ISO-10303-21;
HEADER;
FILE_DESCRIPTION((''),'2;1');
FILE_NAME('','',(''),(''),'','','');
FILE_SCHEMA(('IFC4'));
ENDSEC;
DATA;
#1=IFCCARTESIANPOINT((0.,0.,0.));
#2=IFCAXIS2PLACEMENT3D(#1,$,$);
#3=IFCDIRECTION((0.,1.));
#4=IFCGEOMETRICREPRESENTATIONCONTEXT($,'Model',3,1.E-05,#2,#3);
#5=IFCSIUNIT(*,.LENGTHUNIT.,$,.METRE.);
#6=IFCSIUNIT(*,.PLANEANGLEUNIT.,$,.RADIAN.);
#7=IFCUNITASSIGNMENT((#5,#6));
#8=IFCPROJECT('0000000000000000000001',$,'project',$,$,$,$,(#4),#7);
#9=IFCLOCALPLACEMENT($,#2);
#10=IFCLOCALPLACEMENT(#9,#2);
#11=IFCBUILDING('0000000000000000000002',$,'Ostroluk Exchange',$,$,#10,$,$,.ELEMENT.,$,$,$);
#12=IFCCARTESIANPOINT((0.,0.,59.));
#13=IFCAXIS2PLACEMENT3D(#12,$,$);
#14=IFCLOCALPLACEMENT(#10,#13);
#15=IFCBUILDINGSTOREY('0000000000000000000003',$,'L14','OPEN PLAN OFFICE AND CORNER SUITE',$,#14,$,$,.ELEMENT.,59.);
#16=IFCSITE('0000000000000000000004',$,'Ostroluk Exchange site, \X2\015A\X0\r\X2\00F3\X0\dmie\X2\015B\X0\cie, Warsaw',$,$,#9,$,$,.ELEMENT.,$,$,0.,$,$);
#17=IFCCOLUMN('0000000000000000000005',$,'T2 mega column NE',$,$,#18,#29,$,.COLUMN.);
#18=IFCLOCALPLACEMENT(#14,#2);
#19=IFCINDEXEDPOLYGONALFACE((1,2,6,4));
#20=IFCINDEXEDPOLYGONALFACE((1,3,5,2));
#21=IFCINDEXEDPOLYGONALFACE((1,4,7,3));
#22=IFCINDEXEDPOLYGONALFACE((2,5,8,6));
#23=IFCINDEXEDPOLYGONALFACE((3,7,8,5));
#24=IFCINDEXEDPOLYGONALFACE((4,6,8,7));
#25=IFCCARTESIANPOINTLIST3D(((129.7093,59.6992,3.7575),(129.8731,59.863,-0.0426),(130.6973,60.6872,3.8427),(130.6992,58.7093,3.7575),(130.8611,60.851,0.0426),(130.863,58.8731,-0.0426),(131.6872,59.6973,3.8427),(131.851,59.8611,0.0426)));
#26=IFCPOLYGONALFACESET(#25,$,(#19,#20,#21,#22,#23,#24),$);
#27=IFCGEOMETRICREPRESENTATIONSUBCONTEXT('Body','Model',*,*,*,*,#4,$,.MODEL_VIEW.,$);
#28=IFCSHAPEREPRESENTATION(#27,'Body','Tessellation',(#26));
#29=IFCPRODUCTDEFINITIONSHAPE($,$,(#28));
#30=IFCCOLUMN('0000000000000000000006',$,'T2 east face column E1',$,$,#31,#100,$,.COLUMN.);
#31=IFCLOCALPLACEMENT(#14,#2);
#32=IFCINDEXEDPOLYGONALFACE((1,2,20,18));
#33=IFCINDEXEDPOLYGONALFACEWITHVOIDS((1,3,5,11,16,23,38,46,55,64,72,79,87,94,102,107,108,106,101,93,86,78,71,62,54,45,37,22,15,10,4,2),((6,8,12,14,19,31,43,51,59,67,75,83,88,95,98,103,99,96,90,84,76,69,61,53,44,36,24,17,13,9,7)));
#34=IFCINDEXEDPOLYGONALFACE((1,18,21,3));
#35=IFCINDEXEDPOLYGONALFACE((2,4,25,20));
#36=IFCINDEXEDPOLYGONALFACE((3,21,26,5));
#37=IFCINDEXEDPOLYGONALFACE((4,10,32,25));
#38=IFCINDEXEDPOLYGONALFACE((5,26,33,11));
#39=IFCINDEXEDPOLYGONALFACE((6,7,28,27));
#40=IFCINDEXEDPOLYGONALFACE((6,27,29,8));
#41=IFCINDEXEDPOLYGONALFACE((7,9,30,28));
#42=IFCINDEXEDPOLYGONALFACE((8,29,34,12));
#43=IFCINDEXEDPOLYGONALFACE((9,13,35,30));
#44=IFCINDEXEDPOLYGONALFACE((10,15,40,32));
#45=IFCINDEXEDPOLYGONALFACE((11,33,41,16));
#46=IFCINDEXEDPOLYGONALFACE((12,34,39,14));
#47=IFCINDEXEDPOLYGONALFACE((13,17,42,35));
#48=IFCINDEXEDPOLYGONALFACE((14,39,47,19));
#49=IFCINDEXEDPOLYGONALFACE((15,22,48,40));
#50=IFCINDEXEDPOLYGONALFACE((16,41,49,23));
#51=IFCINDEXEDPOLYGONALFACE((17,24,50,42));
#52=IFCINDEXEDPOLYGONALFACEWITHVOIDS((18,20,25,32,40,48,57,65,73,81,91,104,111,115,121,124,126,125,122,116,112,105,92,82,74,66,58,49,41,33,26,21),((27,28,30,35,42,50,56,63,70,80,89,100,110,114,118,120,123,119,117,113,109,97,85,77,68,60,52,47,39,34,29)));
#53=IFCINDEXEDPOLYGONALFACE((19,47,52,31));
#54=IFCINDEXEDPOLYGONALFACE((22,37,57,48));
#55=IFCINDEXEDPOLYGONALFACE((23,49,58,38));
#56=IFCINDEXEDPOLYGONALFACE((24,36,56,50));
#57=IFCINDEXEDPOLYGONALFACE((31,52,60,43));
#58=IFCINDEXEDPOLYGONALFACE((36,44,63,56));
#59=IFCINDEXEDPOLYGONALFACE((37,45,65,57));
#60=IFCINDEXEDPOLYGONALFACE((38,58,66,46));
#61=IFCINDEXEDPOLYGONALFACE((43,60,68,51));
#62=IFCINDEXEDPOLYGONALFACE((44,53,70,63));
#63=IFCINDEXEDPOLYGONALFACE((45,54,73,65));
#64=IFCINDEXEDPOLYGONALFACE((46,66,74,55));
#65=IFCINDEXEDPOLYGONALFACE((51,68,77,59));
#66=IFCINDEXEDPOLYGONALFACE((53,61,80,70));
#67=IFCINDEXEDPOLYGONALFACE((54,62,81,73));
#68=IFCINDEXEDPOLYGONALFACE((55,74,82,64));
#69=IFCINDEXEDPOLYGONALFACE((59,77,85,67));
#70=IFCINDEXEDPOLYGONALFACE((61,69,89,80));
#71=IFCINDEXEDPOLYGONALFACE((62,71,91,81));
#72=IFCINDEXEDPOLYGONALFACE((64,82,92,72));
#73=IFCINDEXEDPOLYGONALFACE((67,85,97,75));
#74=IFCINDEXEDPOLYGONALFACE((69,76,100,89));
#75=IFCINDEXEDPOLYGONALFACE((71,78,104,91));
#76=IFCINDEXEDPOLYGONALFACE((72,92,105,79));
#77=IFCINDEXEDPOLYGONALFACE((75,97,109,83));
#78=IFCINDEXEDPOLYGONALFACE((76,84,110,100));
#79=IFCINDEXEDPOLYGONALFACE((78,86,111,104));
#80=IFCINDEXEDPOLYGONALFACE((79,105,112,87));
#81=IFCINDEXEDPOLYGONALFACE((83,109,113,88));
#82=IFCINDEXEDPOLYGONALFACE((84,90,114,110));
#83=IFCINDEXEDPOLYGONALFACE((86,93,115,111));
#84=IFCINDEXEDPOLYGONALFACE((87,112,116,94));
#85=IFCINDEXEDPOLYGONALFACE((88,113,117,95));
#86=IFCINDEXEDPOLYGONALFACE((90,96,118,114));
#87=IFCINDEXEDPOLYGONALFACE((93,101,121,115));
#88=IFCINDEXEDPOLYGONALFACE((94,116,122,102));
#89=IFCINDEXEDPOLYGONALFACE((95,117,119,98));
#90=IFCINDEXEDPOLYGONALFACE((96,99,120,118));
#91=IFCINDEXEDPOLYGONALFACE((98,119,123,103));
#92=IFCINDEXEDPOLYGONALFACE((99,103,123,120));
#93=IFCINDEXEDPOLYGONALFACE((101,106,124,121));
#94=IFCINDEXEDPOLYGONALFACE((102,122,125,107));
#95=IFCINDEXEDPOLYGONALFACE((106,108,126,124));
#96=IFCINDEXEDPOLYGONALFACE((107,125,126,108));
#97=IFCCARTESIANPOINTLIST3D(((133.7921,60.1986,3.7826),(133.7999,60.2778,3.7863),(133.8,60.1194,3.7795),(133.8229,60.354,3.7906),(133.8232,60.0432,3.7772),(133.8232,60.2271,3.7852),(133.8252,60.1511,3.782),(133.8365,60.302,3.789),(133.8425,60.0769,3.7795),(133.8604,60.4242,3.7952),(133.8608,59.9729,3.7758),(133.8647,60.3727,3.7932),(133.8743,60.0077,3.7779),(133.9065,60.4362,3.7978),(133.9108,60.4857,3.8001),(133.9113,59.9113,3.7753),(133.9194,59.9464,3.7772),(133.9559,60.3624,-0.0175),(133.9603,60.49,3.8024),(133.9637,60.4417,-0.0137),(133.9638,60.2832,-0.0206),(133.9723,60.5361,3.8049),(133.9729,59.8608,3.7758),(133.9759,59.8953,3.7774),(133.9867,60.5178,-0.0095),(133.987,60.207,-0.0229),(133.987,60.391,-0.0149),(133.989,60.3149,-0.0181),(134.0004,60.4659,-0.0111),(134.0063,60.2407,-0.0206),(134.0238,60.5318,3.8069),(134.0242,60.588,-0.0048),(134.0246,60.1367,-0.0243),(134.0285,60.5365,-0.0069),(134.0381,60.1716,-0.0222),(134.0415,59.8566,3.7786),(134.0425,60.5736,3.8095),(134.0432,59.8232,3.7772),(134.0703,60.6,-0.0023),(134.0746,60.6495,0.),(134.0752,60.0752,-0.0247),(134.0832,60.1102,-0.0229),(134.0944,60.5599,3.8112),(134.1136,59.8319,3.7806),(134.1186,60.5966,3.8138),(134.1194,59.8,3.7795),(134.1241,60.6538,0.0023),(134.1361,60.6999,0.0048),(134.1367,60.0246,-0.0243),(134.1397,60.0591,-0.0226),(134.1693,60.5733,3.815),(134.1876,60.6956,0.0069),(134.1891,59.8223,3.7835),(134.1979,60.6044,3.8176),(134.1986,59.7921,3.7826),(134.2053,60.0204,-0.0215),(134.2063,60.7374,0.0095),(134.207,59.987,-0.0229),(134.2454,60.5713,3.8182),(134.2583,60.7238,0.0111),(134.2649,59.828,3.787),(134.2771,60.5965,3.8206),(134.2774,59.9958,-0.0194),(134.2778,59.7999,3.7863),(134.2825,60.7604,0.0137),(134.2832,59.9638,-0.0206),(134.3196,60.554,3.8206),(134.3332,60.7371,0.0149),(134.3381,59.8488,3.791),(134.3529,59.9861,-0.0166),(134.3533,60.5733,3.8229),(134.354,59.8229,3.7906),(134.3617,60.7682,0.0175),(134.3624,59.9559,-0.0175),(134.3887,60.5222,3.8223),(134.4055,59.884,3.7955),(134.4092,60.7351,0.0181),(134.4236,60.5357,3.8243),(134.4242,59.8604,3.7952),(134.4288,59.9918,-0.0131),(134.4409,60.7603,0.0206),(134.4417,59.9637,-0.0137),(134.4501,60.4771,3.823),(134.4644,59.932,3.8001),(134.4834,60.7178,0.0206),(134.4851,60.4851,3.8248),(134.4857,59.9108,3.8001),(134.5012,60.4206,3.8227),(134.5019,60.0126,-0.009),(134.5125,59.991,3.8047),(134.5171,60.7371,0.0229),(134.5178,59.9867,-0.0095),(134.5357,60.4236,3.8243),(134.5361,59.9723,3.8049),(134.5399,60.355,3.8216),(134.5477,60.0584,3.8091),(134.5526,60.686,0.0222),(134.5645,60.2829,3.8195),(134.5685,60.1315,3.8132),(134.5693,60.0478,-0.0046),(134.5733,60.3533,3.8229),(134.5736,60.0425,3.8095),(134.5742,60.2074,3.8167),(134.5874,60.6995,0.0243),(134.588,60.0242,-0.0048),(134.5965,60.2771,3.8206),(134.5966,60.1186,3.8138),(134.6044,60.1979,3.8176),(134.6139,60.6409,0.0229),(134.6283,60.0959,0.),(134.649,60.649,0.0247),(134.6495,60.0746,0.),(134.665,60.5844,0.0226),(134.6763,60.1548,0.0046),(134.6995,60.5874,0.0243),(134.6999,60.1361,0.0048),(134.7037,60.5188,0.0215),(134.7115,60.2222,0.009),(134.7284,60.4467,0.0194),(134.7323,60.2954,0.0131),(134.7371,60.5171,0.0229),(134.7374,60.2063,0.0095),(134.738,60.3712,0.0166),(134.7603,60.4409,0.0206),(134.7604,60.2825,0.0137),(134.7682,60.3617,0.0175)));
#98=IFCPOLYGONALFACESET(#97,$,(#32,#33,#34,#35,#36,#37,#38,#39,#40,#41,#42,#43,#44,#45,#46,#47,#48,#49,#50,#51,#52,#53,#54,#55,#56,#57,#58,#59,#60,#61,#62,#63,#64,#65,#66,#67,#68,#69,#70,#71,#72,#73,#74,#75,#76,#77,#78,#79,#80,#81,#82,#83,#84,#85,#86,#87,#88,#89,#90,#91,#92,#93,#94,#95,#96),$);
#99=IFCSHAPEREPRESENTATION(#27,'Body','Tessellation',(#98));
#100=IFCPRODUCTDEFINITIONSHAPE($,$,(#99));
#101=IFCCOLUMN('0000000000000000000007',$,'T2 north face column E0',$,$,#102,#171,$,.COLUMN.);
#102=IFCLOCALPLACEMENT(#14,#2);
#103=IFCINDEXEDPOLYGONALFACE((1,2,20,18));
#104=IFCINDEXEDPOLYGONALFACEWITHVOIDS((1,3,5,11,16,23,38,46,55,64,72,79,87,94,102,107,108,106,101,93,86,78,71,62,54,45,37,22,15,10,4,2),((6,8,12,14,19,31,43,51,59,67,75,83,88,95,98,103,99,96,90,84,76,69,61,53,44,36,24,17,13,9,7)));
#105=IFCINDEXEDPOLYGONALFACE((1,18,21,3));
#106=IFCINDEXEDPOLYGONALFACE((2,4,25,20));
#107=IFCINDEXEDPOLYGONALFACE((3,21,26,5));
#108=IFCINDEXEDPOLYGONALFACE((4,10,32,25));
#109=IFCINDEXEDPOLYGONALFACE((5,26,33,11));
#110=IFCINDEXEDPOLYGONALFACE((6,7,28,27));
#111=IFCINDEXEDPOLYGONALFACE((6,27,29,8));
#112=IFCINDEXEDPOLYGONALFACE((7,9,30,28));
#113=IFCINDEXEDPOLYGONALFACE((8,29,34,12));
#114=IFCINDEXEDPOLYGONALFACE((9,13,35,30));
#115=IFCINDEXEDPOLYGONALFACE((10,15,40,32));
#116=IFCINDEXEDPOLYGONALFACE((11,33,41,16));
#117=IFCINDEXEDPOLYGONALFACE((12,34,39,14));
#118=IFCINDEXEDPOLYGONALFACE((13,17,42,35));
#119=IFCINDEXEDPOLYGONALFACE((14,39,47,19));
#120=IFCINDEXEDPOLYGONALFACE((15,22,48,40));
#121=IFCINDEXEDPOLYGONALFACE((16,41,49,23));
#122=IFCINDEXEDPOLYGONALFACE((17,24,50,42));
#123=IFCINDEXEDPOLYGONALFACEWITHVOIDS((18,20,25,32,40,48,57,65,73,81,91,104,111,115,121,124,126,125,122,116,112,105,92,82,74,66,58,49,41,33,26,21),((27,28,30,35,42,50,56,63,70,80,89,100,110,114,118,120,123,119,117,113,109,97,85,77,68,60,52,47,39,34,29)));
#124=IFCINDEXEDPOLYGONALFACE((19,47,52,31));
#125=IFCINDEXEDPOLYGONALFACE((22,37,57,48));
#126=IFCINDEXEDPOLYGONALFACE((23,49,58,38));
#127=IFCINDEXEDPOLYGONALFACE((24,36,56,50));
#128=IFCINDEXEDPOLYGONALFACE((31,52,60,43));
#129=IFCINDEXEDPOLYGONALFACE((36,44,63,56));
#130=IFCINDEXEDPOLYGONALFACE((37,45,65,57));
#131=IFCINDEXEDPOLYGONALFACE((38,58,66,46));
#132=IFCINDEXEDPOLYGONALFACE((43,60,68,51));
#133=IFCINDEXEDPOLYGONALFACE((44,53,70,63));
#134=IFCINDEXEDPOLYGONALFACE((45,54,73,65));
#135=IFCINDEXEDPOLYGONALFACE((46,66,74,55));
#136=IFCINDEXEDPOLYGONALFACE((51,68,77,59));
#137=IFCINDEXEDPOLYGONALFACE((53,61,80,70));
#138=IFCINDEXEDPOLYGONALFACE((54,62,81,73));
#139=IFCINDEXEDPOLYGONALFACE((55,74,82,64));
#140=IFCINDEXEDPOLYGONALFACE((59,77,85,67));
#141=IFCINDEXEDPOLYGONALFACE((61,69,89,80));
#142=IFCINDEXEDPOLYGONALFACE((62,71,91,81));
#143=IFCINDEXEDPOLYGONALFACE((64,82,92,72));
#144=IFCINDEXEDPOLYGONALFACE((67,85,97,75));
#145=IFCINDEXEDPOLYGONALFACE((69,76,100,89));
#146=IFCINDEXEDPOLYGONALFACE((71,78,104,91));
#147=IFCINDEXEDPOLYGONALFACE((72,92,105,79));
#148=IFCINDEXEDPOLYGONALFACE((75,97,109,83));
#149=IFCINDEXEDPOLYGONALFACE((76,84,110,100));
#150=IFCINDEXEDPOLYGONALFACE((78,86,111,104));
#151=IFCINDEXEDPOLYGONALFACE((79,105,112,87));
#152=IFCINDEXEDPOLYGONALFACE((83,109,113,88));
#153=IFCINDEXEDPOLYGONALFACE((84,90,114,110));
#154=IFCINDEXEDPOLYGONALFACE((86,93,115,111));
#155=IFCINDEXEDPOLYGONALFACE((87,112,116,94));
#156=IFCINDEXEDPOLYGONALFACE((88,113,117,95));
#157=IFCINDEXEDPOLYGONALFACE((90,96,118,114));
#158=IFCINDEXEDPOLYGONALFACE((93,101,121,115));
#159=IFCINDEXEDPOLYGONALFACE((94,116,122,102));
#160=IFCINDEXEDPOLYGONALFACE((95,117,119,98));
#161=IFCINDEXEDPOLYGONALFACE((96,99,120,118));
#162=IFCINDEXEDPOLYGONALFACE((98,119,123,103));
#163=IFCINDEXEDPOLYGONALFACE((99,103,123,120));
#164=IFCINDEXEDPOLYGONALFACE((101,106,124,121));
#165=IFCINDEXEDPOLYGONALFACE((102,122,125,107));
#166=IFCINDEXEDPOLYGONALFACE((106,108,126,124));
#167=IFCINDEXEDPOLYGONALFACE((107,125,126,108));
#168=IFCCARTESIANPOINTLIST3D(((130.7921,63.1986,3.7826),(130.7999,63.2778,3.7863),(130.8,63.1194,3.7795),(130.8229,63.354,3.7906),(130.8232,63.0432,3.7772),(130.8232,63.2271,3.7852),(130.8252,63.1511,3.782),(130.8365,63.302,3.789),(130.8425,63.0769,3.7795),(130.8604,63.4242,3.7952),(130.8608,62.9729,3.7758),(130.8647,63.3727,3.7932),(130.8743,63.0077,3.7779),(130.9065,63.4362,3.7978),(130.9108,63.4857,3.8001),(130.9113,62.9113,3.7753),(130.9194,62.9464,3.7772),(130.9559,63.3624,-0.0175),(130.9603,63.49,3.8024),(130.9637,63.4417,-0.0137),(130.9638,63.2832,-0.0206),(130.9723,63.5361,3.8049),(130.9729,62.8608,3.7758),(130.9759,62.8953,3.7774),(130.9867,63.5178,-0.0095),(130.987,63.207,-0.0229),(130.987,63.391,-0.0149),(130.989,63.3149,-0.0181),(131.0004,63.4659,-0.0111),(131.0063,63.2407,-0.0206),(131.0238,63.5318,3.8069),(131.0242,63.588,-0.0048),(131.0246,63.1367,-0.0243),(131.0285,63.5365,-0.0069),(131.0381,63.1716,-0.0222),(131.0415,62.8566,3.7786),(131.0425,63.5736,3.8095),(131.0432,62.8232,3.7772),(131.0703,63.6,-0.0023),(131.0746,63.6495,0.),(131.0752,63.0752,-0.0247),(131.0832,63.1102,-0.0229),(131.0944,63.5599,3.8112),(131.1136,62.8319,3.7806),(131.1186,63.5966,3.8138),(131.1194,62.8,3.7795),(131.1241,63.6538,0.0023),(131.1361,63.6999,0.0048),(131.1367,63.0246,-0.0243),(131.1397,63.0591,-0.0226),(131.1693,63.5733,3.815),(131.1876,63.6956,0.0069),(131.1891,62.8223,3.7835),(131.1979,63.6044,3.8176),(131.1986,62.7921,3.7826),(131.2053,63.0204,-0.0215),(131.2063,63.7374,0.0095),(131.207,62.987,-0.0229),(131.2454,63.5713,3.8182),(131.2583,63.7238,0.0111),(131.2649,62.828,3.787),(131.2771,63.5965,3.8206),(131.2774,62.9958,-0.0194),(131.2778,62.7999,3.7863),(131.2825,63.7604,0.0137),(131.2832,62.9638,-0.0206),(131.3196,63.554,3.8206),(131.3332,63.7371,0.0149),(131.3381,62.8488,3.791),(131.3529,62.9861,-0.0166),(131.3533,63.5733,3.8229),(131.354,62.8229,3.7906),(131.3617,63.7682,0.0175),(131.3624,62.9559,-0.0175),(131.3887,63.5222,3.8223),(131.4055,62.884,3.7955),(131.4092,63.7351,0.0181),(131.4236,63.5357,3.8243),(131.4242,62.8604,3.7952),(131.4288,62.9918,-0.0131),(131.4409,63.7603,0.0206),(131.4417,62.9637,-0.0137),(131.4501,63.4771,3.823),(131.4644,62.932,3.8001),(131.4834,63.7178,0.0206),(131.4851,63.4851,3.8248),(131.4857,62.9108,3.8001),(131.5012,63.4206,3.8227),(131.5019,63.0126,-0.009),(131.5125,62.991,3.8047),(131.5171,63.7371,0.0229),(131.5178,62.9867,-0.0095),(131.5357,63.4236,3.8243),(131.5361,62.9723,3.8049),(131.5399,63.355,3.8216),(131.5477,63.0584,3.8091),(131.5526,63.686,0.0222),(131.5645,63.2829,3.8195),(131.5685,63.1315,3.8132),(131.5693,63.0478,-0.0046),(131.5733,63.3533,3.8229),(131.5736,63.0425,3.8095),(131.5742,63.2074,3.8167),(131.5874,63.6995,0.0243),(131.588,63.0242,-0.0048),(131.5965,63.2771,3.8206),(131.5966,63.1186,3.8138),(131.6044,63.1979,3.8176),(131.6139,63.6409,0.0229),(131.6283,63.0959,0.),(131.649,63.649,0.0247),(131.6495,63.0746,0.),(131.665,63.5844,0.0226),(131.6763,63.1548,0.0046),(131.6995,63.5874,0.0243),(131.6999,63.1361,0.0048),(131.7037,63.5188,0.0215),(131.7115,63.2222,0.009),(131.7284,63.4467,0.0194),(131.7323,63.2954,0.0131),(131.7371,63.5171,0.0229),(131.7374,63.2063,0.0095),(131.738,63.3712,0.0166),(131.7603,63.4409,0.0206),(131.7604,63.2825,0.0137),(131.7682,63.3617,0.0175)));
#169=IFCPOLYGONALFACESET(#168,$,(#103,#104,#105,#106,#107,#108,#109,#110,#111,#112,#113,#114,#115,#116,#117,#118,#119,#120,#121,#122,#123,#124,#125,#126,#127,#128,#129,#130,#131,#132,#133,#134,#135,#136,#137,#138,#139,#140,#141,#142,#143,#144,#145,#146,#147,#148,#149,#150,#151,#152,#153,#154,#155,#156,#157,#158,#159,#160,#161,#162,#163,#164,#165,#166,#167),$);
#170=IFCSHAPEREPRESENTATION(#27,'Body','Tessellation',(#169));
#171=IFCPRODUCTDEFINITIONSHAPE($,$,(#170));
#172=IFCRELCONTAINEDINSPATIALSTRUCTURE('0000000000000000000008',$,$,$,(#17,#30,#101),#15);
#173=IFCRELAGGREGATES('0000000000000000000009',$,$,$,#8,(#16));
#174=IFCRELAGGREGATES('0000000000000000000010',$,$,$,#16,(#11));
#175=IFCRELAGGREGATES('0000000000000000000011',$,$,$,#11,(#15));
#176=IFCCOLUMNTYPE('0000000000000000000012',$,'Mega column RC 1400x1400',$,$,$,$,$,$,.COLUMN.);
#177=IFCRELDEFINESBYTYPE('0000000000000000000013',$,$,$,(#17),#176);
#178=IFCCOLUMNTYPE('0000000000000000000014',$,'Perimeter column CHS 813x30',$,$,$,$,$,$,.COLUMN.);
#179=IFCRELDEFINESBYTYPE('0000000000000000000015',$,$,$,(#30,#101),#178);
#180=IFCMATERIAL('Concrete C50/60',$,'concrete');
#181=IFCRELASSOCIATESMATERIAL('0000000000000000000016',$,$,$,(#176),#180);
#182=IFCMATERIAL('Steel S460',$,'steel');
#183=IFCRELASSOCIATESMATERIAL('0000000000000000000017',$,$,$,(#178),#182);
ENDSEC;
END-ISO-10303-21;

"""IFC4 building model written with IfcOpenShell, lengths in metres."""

from ifc_helpers import new_model, si_unit, direction, frame, origin, origin_2d, place, context, subcontext, project, spatial, rectangle, hollow_circle, extrude, material, material_profile, profile_set, type_object, element, save


model = new_model("IFC4")

# Units and contexts
model_context = context("Model", 3, precision=1e-05, world=origin(), true_north=direction((0.0, 1.0)))
body_context = subcontext(model_context, "Body", "Model", "MODEL_VIEW")
ifc_project = project(units=[si_unit("LENGTHUNIT", "METRE"), si_unit("PLANEANGLEUNIT", "RADIAN")], contexts=[model_context])

# Site, building, storey
site_placement = place(None, origin())
site = spatial("IfcSite", under=ifc_project, at=site_placement, Name="Ostroluk Exchange site, Śródmieście, Warsaw", CompositionType="ELEMENT", RefElevation=0.0)
building_placement = place(site_placement, origin())
building = spatial("IfcBuilding", under=site, at=building_placement, Name="Ostroluk Exchange", CompositionType="ELEMENT")
storey_placement = place(building_placement, frame((0.0, 0.0, 59.0)))
storey = spatial("IfcBuildingStorey", under=building, at=storey_placement, Name="L14", Description="OPEN PLAN OFFICE AND CORNER SUITE", CompositionType="ELEMENT", Elevation=59.0)

# Columns
ifc_material_1 = material(Name="Concrete C50/60", Category="concrete")
ifc_material_profile_1 = material_profile(ifc_material_1, rectangle(XDim=1.3999, YDim=1.3999, at=origin_2d()), Name="RC 1400x1400")
ifc_profile_set_1 = profile_set([ifc_material_profile_1], Name="Concrete C50/60")
column_type_1 = type_object("IfcColumnType", Name="Mega column RC 1400x1400", PredefinedType="COLUMN", material=ifc_profile_set_1)
column_placement = place(storey_placement, frame((130.8621, 59.8621, 0.0), z_axis=(-0.04303, -0.04303, 0.998147), x_axis=(0.707107, -0.707107, 0.0)))
element("IfcColumn", 1, at=column_placement, inside=storey, type_object=column_type_1, Name="T2 mega column NE", PredefinedType="COLUMN", context=body_context, shape_type="SweptSolid", body=[
    extrude(rectangle(XDim=1.3999, YDim=1.3999, at=origin_2d()), origin(), (0.0, 0.0, 1.0), 3.8071),
])
ifc_material_2 = material(Name="Steel S460", Category="steel")
ifc_material_profile_2 = material_profile(ifc_material_2, hollow_circle(Radius=0.4065, WallThickness=0.03, at=origin_2d()), Name="CHS 813x30")
ifc_profile_set_2 = profile_set([ifc_material_profile_2], Name="Steel S460")
column_type_2 = type_object("IfcColumnType", Name="Perimeter column CHS 813x30", PredefinedType="COLUMN", material=ifc_profile_set_2)
for number, where, z_axis, x_axis, name in (
    (2, (134.3621, 60.3621, 0.0), (-0.04303, -0.04303, 0.998147), (0.707107, -0.707107, 0.0), "T2 east face column E1"),
    (3, (131.3621, 63.3621, 0.0), (-0.04303, -0.04303, 0.998147), (0.707107, -0.707107, 0.0), "T2 north face column E0"),
):
    element("IfcColumn", number, at=place(storey_placement, frame(where, z_axis=z_axis, x_axis=x_axis)), inside=storey, type_object=column_type_2, Name=name, PredefinedType="COLUMN", context=body_context, shape_type="SweptSolid", body=[
        extrude(hollow_circle(Radius=0.4065, WallThickness=0.03, at=origin_2d()), origin(), (0.0, 0.0, 1.0), 3.8071),
    ])

save(model, "model.ifc")
